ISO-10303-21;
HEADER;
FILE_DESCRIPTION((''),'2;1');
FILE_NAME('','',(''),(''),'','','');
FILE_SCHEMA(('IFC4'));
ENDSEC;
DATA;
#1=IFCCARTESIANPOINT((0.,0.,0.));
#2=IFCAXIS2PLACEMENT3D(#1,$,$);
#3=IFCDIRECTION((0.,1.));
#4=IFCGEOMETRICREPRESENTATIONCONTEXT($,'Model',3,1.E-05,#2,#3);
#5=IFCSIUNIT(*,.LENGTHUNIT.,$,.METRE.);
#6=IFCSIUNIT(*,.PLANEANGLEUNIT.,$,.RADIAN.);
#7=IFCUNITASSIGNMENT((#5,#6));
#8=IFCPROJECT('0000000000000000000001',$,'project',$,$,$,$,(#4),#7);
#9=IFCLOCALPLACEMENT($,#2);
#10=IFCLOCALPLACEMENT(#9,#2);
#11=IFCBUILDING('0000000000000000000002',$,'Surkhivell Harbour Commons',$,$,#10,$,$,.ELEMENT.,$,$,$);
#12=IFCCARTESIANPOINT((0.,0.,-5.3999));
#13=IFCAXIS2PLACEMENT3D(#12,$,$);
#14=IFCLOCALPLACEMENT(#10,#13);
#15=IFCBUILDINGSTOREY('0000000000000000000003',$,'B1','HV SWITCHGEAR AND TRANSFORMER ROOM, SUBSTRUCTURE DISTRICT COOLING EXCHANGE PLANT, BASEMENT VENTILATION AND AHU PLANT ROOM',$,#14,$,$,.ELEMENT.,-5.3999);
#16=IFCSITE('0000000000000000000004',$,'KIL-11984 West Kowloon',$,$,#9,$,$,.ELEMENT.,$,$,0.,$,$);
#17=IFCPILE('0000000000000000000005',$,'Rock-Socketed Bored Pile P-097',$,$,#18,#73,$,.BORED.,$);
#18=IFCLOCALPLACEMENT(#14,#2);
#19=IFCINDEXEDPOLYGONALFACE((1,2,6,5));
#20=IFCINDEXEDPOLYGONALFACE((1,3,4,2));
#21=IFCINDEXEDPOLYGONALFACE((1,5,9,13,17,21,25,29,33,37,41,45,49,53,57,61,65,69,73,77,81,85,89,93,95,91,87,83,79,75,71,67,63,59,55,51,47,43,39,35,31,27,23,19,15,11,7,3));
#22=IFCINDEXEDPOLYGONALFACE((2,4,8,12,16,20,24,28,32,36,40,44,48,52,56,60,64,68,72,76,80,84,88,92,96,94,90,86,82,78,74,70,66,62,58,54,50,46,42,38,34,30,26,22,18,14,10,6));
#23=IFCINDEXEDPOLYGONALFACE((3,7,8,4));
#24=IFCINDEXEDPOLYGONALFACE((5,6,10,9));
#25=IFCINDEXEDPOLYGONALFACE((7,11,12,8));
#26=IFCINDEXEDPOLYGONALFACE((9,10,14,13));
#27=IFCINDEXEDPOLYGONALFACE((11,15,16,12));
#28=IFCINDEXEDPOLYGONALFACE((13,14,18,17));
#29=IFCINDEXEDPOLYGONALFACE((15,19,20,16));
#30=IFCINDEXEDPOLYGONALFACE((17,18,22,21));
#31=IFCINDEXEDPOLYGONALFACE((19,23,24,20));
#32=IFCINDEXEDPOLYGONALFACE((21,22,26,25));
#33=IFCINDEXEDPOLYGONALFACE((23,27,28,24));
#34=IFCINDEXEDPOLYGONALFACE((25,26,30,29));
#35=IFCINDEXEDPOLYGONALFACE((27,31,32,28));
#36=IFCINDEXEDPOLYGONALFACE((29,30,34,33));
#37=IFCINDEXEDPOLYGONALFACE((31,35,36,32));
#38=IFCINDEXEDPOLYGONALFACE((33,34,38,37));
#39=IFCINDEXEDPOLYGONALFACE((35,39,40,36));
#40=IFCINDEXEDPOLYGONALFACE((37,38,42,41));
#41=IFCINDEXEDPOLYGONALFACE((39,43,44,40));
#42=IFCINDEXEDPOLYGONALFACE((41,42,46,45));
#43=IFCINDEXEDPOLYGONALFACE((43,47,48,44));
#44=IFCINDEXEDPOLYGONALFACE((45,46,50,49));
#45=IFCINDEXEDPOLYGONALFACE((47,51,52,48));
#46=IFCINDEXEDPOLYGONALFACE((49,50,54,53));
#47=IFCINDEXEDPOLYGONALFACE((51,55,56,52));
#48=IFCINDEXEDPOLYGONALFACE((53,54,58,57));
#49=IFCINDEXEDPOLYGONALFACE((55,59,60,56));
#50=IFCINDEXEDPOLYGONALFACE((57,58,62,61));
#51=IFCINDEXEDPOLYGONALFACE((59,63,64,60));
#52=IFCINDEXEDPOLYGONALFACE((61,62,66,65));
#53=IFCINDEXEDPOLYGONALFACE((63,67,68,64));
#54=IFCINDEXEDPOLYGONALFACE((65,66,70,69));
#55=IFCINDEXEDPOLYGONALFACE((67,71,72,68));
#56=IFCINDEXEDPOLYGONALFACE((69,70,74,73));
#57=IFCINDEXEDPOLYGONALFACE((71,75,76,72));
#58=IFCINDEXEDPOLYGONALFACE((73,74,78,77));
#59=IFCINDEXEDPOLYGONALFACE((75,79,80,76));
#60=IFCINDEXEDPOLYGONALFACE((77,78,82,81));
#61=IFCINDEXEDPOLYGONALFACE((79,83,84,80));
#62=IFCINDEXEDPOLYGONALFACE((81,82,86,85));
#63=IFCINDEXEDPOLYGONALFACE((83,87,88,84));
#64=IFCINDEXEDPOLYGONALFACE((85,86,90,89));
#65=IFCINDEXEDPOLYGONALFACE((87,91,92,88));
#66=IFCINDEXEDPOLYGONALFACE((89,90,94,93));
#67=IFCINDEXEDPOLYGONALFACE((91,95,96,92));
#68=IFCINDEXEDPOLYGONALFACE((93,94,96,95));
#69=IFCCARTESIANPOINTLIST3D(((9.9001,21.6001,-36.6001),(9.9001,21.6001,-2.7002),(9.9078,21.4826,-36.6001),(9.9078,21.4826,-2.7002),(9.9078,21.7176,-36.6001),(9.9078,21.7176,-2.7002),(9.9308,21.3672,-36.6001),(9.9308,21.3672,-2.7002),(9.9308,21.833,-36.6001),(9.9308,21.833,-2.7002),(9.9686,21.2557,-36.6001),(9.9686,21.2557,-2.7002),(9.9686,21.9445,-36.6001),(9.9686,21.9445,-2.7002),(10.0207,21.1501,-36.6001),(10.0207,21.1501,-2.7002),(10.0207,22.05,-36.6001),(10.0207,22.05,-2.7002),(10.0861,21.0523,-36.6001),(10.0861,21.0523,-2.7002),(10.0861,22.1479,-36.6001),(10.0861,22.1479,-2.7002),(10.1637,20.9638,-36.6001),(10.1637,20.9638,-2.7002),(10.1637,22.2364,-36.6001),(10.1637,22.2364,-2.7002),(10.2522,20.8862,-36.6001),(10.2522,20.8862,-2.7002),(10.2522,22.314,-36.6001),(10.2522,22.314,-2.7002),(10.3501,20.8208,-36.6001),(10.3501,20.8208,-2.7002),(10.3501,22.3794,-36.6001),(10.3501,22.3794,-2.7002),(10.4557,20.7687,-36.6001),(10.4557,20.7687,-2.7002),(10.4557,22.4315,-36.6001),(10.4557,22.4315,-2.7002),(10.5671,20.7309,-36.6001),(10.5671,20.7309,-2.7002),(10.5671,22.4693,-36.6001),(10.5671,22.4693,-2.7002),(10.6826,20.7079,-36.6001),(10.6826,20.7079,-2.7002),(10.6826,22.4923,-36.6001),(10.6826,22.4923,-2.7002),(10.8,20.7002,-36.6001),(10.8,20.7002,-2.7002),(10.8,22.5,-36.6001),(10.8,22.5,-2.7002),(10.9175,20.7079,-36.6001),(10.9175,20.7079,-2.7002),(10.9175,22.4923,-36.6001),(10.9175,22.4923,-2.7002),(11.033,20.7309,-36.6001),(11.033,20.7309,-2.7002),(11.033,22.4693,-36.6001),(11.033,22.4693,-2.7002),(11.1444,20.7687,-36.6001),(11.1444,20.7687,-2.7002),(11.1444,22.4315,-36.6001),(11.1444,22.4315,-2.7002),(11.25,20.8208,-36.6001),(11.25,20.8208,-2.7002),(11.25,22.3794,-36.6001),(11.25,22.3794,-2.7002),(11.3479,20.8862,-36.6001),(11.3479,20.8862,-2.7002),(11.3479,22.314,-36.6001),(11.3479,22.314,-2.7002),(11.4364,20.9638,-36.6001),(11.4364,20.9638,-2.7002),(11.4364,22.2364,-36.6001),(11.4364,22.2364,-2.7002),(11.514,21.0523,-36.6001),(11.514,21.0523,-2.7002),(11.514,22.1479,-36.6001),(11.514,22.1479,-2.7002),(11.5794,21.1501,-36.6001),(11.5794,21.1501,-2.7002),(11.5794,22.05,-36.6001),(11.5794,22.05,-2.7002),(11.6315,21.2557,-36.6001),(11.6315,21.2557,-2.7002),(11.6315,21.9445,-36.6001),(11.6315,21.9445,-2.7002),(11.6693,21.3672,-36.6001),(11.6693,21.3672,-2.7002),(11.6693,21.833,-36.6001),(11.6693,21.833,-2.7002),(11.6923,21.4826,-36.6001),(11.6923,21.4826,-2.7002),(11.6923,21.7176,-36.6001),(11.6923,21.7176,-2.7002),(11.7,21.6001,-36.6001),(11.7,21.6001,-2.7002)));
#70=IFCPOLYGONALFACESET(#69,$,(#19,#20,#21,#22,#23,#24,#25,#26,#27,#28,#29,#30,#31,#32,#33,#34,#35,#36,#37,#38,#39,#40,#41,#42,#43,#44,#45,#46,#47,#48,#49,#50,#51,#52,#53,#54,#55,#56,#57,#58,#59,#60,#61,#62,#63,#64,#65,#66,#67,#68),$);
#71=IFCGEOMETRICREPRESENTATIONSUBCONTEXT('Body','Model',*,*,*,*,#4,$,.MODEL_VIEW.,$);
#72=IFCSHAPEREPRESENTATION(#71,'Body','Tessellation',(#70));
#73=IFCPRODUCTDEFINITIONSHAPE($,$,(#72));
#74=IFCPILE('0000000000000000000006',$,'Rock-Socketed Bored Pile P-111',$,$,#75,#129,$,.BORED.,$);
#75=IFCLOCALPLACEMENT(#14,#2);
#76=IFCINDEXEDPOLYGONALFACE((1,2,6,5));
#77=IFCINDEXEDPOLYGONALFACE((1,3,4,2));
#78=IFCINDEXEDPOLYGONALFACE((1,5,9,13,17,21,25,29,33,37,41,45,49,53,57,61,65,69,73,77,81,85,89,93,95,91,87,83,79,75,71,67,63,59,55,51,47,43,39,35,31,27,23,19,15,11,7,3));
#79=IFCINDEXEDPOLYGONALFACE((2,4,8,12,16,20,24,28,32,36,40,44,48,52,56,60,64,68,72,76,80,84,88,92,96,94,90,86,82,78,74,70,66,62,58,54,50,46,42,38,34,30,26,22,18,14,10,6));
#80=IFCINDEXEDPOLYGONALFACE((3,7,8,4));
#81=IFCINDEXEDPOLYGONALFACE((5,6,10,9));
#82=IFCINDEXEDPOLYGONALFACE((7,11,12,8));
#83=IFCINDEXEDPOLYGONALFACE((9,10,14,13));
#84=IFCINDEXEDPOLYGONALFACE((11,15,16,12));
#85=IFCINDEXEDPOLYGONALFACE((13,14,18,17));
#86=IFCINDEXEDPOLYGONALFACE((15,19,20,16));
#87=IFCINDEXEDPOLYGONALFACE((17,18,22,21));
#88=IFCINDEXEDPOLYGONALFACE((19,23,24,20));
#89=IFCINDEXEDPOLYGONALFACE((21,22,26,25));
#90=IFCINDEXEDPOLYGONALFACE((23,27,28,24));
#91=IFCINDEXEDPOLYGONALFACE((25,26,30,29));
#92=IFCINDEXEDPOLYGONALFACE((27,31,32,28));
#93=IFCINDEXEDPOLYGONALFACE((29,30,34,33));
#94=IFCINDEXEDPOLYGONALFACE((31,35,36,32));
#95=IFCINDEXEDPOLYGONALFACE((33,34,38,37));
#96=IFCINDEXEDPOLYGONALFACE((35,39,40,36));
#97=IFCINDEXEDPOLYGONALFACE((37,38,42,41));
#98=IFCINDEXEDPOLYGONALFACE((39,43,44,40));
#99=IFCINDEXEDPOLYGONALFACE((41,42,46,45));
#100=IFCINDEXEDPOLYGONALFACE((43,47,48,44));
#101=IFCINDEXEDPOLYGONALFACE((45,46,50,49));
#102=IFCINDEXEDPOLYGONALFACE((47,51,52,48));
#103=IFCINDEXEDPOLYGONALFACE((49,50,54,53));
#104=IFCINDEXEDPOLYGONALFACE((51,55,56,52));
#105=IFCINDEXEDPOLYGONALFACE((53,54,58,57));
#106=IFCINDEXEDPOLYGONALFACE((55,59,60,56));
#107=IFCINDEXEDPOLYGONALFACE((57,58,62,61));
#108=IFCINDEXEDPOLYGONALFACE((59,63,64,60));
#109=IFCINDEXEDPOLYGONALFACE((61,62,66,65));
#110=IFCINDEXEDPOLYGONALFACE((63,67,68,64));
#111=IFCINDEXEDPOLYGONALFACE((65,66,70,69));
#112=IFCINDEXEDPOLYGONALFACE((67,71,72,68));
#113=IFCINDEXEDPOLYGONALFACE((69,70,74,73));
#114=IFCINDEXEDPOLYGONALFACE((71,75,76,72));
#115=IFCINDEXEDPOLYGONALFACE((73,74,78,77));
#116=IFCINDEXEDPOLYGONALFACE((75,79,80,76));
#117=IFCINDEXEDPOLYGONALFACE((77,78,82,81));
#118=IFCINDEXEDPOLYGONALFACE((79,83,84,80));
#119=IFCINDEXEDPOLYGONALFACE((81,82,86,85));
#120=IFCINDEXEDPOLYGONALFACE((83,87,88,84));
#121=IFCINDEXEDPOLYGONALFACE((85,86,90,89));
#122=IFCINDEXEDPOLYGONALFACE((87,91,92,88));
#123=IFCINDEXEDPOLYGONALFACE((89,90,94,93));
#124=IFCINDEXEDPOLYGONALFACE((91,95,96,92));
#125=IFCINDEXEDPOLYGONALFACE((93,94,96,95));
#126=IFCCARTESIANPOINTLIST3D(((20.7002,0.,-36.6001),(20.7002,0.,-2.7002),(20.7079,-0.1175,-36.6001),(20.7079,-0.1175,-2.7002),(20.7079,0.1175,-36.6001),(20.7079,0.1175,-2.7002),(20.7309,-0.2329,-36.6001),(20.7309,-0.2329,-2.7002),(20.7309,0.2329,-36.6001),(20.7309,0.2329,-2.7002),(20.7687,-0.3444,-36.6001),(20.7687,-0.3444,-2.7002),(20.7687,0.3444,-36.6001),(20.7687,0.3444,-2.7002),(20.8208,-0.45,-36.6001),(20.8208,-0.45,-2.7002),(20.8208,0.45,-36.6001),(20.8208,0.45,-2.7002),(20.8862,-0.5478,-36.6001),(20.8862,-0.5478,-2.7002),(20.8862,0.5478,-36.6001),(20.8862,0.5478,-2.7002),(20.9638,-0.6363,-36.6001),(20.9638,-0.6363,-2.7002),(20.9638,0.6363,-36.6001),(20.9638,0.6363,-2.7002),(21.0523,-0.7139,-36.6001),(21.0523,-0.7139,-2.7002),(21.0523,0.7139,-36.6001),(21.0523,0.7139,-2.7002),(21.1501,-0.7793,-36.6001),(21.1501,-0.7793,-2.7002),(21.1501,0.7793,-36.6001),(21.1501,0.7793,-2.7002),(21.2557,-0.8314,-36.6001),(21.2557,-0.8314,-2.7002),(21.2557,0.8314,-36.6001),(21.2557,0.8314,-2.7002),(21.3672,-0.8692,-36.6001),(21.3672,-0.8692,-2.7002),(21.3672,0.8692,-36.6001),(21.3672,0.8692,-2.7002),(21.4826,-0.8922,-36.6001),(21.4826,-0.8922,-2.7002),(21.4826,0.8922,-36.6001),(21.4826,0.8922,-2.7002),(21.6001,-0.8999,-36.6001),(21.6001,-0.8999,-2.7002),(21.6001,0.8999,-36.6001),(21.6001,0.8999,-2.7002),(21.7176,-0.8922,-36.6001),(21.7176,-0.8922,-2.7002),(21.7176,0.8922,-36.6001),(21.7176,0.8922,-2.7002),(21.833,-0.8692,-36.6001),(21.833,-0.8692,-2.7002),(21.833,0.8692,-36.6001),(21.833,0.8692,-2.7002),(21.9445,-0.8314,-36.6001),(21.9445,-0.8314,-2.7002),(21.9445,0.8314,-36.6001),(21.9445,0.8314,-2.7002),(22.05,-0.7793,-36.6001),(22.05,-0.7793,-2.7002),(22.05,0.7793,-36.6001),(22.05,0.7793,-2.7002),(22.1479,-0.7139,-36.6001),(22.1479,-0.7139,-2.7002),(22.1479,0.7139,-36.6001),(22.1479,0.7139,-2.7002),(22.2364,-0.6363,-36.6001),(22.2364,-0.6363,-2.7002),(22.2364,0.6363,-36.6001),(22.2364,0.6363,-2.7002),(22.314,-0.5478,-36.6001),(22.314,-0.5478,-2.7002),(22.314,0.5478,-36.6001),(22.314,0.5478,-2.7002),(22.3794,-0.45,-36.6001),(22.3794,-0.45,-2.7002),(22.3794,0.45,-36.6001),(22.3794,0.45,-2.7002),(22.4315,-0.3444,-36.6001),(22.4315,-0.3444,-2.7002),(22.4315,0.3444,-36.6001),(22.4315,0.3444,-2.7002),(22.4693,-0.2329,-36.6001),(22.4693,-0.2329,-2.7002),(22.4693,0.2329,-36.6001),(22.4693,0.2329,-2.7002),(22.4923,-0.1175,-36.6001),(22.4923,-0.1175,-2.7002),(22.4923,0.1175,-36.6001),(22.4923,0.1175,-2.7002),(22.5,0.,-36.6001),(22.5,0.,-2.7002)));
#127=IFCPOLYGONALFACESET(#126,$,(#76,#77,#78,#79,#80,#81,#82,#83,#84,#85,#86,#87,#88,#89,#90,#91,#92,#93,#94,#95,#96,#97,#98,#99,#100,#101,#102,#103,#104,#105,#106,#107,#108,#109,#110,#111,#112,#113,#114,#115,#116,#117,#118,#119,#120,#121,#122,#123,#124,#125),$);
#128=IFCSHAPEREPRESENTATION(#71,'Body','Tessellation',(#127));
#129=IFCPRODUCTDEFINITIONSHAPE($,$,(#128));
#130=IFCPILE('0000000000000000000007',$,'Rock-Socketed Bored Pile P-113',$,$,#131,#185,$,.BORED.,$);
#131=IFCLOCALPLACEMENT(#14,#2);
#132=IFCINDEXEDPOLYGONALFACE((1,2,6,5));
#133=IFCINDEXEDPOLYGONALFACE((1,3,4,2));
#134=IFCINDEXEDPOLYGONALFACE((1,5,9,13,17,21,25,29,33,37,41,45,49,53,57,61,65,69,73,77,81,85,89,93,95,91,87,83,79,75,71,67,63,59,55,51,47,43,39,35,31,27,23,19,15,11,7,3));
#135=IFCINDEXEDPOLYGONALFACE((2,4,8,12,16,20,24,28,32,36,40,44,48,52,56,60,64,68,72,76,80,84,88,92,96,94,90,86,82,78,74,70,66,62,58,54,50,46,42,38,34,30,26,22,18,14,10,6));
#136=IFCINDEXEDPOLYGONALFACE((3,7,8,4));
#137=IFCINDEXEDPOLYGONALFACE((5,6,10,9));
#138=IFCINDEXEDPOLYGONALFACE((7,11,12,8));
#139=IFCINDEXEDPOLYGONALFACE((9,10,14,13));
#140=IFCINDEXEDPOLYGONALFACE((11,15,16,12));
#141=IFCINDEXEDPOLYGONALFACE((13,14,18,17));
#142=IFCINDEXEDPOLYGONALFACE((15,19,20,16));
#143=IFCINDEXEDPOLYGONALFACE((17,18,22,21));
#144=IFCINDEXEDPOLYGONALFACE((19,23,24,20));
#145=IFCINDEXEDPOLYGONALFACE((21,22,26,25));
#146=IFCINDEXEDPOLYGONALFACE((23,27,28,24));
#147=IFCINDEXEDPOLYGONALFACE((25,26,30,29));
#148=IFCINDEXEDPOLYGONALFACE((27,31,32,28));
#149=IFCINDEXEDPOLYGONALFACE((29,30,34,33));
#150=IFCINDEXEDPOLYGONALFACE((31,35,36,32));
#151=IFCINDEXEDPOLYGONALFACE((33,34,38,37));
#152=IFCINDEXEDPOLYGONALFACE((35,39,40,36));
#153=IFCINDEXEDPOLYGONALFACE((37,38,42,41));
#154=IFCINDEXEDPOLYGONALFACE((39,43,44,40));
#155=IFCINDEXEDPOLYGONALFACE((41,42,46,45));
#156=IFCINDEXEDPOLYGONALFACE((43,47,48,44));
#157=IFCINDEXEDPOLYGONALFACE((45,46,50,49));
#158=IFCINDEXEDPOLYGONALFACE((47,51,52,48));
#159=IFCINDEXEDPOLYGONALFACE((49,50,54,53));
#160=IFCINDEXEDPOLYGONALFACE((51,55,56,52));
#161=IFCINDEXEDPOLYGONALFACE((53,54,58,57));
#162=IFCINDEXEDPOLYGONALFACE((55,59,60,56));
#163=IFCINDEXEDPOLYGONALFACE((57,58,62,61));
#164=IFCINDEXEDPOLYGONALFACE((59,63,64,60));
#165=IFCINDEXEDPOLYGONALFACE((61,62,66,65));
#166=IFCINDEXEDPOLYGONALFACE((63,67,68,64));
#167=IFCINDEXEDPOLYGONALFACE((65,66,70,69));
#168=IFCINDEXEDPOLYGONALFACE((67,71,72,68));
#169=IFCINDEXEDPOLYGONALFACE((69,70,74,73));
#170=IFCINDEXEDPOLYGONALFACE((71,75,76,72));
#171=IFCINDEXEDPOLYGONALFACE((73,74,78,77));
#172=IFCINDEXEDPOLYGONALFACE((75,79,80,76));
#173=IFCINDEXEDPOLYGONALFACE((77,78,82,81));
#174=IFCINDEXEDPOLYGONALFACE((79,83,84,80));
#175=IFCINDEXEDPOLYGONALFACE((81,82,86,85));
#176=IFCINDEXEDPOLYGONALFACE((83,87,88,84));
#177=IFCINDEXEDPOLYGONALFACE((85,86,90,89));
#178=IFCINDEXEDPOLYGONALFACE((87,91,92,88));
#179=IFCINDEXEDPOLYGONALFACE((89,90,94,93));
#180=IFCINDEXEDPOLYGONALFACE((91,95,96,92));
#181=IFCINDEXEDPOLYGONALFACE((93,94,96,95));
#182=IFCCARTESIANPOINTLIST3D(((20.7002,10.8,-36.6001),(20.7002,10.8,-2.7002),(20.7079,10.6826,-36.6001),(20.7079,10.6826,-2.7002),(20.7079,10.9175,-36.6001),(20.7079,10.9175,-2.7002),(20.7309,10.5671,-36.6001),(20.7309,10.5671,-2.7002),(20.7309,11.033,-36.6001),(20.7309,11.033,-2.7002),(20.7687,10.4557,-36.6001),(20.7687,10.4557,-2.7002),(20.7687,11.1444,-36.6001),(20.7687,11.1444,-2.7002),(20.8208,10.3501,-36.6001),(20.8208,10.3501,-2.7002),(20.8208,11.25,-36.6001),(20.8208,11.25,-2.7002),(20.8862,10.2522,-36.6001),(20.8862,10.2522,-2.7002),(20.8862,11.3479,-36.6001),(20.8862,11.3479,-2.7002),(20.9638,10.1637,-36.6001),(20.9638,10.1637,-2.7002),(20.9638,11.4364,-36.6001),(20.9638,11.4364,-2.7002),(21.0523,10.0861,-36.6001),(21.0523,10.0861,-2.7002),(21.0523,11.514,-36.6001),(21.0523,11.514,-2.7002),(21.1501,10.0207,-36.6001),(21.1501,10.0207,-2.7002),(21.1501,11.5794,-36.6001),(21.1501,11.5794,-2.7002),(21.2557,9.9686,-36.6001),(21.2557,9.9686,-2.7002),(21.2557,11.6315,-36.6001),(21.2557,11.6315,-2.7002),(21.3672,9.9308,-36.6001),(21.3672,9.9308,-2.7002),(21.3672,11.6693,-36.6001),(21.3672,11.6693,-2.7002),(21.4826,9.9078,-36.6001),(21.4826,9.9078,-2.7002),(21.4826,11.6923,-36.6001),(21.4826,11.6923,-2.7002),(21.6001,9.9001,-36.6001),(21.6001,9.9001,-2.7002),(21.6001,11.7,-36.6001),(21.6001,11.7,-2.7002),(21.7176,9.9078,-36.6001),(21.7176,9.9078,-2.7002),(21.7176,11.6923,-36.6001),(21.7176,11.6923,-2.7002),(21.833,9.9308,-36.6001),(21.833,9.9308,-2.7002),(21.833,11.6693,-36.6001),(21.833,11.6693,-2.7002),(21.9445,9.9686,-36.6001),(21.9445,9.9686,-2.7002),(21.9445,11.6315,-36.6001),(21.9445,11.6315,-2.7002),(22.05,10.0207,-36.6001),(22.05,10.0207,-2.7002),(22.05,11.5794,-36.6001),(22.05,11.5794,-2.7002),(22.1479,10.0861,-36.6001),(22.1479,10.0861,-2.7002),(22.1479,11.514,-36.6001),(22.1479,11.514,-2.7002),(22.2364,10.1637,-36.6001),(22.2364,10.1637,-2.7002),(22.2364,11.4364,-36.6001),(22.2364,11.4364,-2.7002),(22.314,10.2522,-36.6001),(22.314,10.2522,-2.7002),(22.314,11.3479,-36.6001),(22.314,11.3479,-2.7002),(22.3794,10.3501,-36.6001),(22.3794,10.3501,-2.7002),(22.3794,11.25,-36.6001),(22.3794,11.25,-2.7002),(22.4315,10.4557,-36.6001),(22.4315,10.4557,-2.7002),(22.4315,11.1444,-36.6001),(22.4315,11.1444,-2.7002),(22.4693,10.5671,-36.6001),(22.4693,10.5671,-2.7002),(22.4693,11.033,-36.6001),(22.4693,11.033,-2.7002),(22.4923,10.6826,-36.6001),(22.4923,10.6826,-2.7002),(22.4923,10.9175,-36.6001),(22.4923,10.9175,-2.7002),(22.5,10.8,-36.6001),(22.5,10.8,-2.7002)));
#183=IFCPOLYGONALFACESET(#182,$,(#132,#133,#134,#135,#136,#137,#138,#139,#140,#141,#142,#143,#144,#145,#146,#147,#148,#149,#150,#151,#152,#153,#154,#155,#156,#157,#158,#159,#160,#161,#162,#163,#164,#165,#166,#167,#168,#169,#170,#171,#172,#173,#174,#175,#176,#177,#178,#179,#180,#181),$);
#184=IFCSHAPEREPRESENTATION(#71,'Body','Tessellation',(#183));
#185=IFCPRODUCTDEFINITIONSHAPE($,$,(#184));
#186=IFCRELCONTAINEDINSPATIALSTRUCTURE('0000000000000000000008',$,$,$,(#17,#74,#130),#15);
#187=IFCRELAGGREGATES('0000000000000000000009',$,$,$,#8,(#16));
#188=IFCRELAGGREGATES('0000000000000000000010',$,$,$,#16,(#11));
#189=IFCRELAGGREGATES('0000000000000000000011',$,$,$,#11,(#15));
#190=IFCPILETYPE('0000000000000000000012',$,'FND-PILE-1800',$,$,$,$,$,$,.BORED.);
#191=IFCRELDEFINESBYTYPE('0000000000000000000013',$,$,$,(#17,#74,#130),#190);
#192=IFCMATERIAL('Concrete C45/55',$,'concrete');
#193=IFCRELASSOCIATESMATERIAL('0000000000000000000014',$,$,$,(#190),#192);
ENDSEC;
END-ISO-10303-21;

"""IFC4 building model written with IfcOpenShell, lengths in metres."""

from ifc_helpers import new_model, si_unit, direction, frame, origin, origin_2d, place, context, subcontext, project, spatial, circle, extrude, material, material_profile, profile_set, type_object, element, save


model = new_model("IFC4")

# Units and contexts
model_context = context("Model", 3, precision=1e-05, world=origin(), true_north=direction((0.0, 1.0)))
body_context = subcontext(model_context, "Body", "Model", "MODEL_VIEW")
ifc_project = project(units=[si_unit("LENGTHUNIT", "METRE"), si_unit("PLANEANGLEUNIT", "RADIAN")], contexts=[model_context])

# Site, building, storey
site_placement = place(None, origin())
site = spatial("IfcSite", under=ifc_project, at=site_placement, Name="KIL-11984 West Kowloon", CompositionType="ELEMENT", RefElevation=0.0)
building_placement = place(site_placement, origin())
building = spatial("IfcBuilding", under=site, at=building_placement, Name="Surkhivell Harbour Commons", CompositionType="ELEMENT")
storey_placement = place(building_placement, frame((0.0, 0.0, -5.3999)))
storey = spatial("IfcBuildingStorey", under=building, at=storey_placement, Name="B1", Description="HV SWITCHGEAR AND TRANSFORMER ROOM, SUBSTRUCTURE DISTRICT COOLING EXCHANGE PLANT, BASEMENT VENTILATION AND AHU PLANT ROOM", CompositionType="ELEMENT", Elevation=-5.3999)

# Piles
ifc_material_1 = material(Name="Concrete C45/55", Category="concrete")
ifc_material_profile_1 = material_profile(ifc_material_1, circle(Radius=0.8999, at=origin_2d()), Name="PILE-1800")
ifc_profile_set_1 = profile_set([ifc_material_profile_1], Name="Concrete C45/55")
pile_type_1 = type_object("IfcPileType", Name="FND-PILE-1800", PredefinedType="BORED", material=ifc_profile_set_1)
for number, where, z_axis, x_axis, name in (
    (1, (10.8, 21.6001, -2.7002), (0.0, 0.0, -1.0), (1.0, 0.0, 0.0), "Rock-Socketed Bored Pile P-097"),
    (2, (21.6001, 0.0, -2.7002), (0.0, 0.0, -1.0), (1.0, 0.0, 0.0), "Rock-Socketed Bored Pile P-111"),
    (3, (21.6001, 10.8, -2.7002), (0.0, 0.0, -1.0), (1.0, 0.0, 0.0), "Rock-Socketed Bored Pile P-113"),
):
    element("IfcPile", number, at=place(storey_placement, frame(where, z_axis=z_axis, x_axis=x_axis)), inside=storey, type_object=pile_type_1, Name=name, PredefinedType="BORED", context=body_context, shape_type="SweptSolid", body=[
        extrude(circle(Radius=0.8999, at=origin_2d()), origin(), (0.0, 0.0, 1.0), 33.8999),
    ])

save(model, "model.ifc")
